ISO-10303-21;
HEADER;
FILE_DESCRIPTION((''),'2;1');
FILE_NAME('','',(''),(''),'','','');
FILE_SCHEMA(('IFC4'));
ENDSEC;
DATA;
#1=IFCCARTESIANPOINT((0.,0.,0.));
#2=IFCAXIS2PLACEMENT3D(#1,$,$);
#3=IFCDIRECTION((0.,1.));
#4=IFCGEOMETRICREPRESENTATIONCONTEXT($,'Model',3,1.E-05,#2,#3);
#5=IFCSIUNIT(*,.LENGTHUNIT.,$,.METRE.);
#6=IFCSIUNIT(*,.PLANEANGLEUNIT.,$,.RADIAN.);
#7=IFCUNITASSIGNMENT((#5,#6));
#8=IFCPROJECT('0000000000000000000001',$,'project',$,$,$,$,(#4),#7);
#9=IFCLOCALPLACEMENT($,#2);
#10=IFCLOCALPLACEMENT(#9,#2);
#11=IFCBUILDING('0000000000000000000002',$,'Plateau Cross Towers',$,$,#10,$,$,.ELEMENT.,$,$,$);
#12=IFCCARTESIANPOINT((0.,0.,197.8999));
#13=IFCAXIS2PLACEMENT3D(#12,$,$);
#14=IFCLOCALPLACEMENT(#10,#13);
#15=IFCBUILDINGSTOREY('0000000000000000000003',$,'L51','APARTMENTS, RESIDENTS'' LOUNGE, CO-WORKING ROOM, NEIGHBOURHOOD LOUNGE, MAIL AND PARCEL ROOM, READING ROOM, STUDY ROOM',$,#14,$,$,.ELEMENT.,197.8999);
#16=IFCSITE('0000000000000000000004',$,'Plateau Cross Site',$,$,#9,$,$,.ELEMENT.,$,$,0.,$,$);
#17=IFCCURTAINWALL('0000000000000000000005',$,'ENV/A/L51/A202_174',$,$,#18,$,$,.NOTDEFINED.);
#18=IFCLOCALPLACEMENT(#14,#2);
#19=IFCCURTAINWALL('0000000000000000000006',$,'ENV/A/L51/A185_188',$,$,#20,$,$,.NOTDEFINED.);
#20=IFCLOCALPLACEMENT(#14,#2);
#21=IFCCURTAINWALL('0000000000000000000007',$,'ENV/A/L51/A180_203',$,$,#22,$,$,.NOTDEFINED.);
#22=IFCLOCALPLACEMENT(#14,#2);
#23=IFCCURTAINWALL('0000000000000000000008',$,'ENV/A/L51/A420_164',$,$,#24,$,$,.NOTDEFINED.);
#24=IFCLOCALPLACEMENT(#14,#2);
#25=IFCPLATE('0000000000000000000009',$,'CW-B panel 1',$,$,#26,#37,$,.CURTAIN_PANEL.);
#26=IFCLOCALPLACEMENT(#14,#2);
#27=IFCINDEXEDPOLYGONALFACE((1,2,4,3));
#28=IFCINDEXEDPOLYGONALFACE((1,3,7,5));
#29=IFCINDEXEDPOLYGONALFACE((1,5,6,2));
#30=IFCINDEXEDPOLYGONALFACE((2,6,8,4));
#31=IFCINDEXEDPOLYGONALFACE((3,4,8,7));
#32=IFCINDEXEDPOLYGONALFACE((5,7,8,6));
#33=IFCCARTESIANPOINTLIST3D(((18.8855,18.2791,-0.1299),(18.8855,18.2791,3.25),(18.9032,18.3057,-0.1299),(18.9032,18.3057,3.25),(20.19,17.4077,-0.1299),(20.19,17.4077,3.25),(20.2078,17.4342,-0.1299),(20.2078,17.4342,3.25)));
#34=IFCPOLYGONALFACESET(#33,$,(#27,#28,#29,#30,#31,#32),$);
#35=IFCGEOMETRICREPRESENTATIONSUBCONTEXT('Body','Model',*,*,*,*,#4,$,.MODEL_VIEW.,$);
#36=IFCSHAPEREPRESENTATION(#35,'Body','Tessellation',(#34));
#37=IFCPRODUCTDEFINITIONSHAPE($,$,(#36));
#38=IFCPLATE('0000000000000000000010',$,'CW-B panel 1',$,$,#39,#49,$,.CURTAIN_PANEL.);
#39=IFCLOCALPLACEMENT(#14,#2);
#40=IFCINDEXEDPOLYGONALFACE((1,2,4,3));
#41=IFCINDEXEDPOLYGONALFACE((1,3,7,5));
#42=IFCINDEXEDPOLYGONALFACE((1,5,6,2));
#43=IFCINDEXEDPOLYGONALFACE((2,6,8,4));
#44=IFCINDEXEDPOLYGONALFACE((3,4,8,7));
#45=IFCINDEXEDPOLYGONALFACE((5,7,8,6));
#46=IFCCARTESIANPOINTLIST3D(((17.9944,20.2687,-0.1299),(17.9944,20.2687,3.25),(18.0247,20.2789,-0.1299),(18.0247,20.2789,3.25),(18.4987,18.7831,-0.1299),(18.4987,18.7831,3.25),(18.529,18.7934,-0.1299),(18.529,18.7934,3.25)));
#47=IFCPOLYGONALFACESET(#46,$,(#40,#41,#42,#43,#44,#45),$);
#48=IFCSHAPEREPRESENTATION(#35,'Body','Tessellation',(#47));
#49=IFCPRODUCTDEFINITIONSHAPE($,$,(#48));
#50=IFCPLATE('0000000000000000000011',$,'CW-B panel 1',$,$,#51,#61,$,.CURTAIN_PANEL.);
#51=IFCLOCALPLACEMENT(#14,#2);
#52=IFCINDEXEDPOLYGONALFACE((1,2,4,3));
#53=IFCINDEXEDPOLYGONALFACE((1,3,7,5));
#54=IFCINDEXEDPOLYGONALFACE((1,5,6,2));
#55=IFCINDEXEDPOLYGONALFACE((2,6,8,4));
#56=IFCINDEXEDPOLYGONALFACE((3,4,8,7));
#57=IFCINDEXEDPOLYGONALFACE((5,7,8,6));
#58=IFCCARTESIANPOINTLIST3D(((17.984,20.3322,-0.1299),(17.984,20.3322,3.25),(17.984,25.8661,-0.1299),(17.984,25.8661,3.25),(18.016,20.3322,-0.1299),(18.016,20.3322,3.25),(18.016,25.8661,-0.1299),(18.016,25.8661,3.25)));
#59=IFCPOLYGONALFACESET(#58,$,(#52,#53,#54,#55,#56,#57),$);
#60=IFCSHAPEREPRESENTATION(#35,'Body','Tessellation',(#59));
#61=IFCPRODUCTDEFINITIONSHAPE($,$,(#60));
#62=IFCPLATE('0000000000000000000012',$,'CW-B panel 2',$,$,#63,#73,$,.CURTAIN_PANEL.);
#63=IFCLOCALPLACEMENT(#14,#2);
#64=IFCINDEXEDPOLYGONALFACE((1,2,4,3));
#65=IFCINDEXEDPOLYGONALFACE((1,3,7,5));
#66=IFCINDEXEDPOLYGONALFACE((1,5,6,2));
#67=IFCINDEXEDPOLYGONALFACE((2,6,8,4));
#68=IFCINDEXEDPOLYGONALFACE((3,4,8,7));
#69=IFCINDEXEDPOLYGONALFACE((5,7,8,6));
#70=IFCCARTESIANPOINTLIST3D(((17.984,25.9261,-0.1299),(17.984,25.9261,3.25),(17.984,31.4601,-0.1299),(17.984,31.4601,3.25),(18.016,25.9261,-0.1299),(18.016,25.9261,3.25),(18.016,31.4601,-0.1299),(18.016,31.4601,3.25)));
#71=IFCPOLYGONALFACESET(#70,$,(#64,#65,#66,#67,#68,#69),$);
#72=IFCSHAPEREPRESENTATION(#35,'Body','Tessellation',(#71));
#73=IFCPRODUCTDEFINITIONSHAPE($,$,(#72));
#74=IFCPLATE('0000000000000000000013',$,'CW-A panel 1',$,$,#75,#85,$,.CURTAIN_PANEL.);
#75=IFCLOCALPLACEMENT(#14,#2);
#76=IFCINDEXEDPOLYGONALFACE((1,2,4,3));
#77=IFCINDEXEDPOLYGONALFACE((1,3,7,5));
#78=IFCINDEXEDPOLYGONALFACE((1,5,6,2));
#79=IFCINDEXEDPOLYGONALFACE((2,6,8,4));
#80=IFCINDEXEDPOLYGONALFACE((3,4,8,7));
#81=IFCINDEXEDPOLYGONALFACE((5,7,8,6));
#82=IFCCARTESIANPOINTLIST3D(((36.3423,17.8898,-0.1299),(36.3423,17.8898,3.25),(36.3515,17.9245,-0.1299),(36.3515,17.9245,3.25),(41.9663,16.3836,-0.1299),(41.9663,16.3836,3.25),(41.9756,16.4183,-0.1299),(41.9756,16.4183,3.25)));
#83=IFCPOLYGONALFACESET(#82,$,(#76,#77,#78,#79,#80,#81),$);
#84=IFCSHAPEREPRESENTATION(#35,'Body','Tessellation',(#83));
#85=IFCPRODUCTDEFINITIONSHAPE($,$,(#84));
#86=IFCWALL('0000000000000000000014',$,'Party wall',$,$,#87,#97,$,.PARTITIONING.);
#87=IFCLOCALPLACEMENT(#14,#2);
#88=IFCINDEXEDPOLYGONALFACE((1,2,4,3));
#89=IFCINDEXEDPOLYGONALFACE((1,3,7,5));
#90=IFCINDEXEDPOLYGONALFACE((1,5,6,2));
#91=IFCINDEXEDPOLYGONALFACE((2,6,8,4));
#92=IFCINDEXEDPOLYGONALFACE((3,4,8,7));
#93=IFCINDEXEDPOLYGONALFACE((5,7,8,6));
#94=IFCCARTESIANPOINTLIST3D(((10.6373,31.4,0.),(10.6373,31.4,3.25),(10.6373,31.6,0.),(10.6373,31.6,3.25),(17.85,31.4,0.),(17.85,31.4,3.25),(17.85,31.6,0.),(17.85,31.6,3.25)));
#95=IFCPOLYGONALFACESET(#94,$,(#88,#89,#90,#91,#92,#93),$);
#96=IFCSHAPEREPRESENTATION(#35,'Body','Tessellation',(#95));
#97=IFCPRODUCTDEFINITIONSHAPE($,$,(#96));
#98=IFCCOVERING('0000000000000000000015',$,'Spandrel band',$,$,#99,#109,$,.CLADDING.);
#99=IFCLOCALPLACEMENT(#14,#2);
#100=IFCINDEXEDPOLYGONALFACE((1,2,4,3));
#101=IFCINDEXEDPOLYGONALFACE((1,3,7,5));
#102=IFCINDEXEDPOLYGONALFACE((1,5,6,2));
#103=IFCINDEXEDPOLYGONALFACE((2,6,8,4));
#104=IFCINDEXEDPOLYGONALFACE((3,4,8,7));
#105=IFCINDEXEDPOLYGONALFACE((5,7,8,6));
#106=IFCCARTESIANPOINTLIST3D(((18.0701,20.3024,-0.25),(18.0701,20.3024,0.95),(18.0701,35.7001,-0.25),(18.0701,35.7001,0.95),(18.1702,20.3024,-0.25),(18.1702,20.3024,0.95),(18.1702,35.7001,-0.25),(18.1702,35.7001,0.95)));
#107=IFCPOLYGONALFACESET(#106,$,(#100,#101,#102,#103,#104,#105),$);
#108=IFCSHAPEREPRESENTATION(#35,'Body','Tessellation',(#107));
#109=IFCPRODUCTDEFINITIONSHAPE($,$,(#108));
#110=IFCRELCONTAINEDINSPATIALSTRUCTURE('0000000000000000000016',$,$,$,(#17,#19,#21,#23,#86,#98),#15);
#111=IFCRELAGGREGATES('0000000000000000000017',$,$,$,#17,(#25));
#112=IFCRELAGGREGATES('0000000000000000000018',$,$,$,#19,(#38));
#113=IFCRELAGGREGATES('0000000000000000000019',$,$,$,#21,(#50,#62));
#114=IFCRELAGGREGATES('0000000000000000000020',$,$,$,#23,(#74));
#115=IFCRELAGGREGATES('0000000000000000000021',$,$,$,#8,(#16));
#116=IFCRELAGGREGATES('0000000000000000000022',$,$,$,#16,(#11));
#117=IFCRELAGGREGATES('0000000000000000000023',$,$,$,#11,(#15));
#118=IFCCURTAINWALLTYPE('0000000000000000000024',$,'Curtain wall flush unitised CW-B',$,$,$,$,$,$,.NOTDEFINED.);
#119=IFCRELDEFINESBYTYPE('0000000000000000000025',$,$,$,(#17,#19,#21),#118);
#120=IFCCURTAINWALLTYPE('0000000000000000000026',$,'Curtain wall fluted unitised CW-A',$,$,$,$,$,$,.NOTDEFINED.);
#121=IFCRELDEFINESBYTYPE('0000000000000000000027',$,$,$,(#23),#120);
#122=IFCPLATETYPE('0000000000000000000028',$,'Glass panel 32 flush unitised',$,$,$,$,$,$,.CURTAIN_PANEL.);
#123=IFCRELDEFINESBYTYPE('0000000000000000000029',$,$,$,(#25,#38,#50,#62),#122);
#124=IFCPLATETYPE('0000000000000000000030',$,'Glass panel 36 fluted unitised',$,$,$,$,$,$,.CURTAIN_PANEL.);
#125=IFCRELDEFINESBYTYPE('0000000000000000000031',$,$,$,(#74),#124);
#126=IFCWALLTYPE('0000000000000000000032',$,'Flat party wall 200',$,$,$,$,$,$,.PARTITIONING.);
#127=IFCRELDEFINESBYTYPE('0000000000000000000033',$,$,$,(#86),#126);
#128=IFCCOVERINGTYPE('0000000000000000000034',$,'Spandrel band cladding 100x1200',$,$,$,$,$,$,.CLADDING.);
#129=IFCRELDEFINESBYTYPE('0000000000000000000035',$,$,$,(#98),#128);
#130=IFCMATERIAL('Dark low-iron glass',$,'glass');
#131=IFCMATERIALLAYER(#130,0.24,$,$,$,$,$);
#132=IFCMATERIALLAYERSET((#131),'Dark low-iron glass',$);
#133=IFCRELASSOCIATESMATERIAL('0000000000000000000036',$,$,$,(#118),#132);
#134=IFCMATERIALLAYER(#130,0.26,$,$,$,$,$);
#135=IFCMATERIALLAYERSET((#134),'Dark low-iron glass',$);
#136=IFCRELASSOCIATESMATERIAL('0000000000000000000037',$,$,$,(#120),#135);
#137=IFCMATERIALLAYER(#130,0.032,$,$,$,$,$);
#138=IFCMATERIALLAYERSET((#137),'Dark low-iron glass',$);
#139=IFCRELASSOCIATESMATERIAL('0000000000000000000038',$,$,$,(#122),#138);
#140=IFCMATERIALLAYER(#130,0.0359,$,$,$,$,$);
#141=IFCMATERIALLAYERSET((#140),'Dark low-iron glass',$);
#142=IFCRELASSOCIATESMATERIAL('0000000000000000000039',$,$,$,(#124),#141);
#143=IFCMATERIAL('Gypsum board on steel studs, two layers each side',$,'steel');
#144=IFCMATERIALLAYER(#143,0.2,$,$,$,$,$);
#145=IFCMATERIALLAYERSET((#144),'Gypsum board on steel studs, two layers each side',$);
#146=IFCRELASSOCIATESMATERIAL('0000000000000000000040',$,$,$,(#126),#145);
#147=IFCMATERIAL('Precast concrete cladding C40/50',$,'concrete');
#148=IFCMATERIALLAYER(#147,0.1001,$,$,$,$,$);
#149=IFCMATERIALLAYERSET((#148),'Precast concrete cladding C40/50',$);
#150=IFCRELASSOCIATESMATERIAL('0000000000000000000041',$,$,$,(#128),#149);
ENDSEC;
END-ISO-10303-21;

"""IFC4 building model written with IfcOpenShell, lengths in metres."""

from ifc_helpers import new_model, si_unit, direction, frame, frame_2d, origin, origin_2d, place, context, subcontext, project, spatial, rectangle, extrude, material, layer, layer_set, type_object, element, aggregate, save


model = new_model("IFC4")

# Units and contexts
model_context = context("Model", 3, precision=1e-05, world=origin(), true_north=direction((0.0, 1.0)))
body_context = subcontext(model_context, "Body", "Model", "MODEL_VIEW")
ifc_project = project(units=[si_unit("LENGTHUNIT", "METRE"), si_unit("PLANEANGLEUNIT", "RADIAN")], contexts=[model_context])

# Site, building, storey
site_placement = place(None, origin())
site = spatial("IfcSite", under=ifc_project, at=site_placement, Name="Plateau Cross Site", CompositionType="ELEMENT", RefElevation=0.0)
building_placement = place(site_placement, origin())
building = spatial("IfcBuilding", under=site, at=building_placement, Name="Plateau Cross Towers", CompositionType="ELEMENT")
storey_placement = place(building_placement, frame((0.0, 0.0, 197.8999)))
storey = spatial("IfcBuildingStorey", under=building, at=storey_placement, Name="L51", Description="APARTMENTS, RESIDENTS' LOUNGE, CO-WORKING ROOM, NEIGHBOURHOOD LOUNGE, MAIL AND PARCEL ROOM, READING ROOM, STUDY ROOM", CompositionType="ELEMENT", Elevation=197.8999)

# Curtain wall
ifc_material_1 = material(Name="Dark low-iron glass", Category="glass")
ifc_layer_1 = layer(ifc_material_1, 0.24)
ifc_layer_set_1 = layer_set([ifc_layer_1], Name="Dark low-iron glass")
curtain_wall_type_1 = type_object("IfcCurtainWallType", Name="Curtain wall flush unitised CW-B", PredefinedType="NOTDEFINED", material=ifc_layer_set_1)
curtain_wall_1_placement = place(storey_placement, origin())
curtain_wall_1 = element("IfcCurtainWall", 1, at=curtain_wall_1_placement, inside=storey, type_object=curtain_wall_type_1, Name="ENV/A/L51/A202_174", PredefinedType="NOTDEFINED")

# Curtain wall
curtain_wall_2_placement = place(storey_placement, origin())
curtain_wall_2 = element("IfcCurtainWall", 2, at=curtain_wall_2_placement, inside=storey, type_object=curtain_wall_type_1, Name="ENV/A/L51/A185_188", PredefinedType="NOTDEFINED")

# Curtain wall
curtain_wall_3_placement = place(storey_placement, origin())
curtain_wall_3 = element("IfcCurtainWall", 3, at=curtain_wall_3_placement, inside=storey, type_object=curtain_wall_type_1, Name="ENV/A/L51/A180_203", PredefinedType="NOTDEFINED")

# Curtain wall
ifc_layer_2 = layer(ifc_material_1, 0.26)
ifc_layer_set_2 = layer_set([ifc_layer_2], Name="Dark low-iron glass")
curtain_wall_type_2 = type_object("IfcCurtainWallType", Name="Curtain wall fluted unitised CW-A", PredefinedType="NOTDEFINED", material=ifc_layer_set_2)
curtain_wall_4_placement = place(storey_placement, origin())
curtain_wall_4 = element("IfcCurtainWall", 4, at=curtain_wall_4_placement, inside=storey, type_object=curtain_wall_type_2, Name="ENV/A/L51/A420_164", PredefinedType="NOTDEFINED")

# Plates
ifc_layer_3 = layer(ifc_material_1, 0.032)
ifc_layer_set_3 = layer_set([ifc_layer_3], Name="Dark low-iron glass")
plate_type_1 = type_object("IfcPlateType", Name="Glass panel 32 flush unitised", PredefinedType="CURTAIN_PANEL", material=ifc_layer_set_3)
plate_1_placement = place(storey_placement, frame((19.5466, 17.8567, -0.1299), z_axis=(0.0, 0.0, 1.0), x_axis=(-0.831521, 0.555493, 0.0)))
plate_1 = element("IfcPlate", 5, at=plate_1_placement, type_object=plate_type_1, Name="CW-B panel 1", PredefinedType="CURTAIN_PANEL", context=body_context, shape_type="SweptSolid", body=[
    extrude(rectangle(XDim=1.5688, YDim=0.032, at=origin_2d()), origin(), (0.0, 0.0, 1.0), 3.3799),
])
aggregate(curtain_wall_1, [plate_1])
plate_2_placement = place(storey_placement, frame((18.2617, 19.531, -0.1299), z_axis=(0.0, 0.0, 1.0), x_axis=(-0.321469, 0.94692, 0.0)))
plate_2 = element("IfcPlate", 6, at=plate_2_placement, type_object=plate_type_1, Name="CW-B panel 1", PredefinedType="CURTAIN_PANEL", context=body_context, shape_type="SweptSolid", body=[
    extrude(rectangle(XDim=1.5688, YDim=0.032, at=origin_2d()), origin(), (0.0, 0.0, 1.0), 3.3799),
])
aggregate(curtain_wall_2, [plate_2])
plate_3_placement = place(storey_placement, frame((18.0, 23.0991, -0.1299), z_axis=(0.0, 0.0, 1.0), x_axis=(0.0, 1.0, 0.0)))
plate_3 = element("IfcPlate", 7, at=plate_3_placement, type_object=plate_type_1, Name="CW-B panel 1", PredefinedType="CURTAIN_PANEL", context=body_context, shape_type="SweptSolid", body=[
    extrude(rectangle(XDim=5.5339, YDim=0.032, at=origin_2d()), origin(), (0.0, 0.0, 1.0), 3.3799),
])
plate_4_placement = place(storey_placement, frame((18.0, 28.6931, -0.1299), z_axis=(0.0, 0.0, 1.0), x_axis=(0.0, 1.0, 0.0)))
plate_4 = element("IfcPlate", 8, at=plate_4_placement, type_object=plate_type_1, Name="CW-B panel 2", PredefinedType="CURTAIN_PANEL", context=body_context, shape_type="SweptSolid", body=[
    extrude(rectangle(XDim=5.5339, YDim=0.032, at=origin_2d()), origin(), (0.0, 0.0, 1.0), 3.3799),
])
aggregate(curtain_wall_3, [plate_3, plate_4])
ifc_layer_4 = layer(ifc_material_1, 0.0359)
ifc_layer_set_4 = layer_set([ifc_layer_4], Name="Dark low-iron glass")
plate_type_2 = type_object("IfcPlateType", Name="Glass panel 36 fluted unitised", PredefinedType="CURTAIN_PANEL", material=ifc_layer_set_4)
plate_5_placement = place(storey_placement, frame((39.1589, 17.1541, -0.1299), z_axis=(0.0, 0.0, 1.0), x_axis=(-0.965958, 0.258699, 0.0)))
plate_5 = element("IfcPlate", 9, at=plate_5_placement, type_object=plate_type_2, Name="CW-A panel 1", PredefinedType="CURTAIN_PANEL", context=body_context, shape_type="SweptSolid", body=[
    extrude(rectangle(XDim=5.8223, YDim=0.0359, at=origin_2d()), origin(), (0.0, 0.0, 1.0), 3.3799),
])
aggregate(curtain_wall_4, [plate_5])

# Wall
ifc_material_2 = material(Name="Gypsum board on steel studs, two layers each side", Category="steel")
ifc_layer_5 = layer(ifc_material_2, 0.2)
ifc_layer_set_5 = layer_set([ifc_layer_5], Name="Gypsum board on steel studs, two layers each side")
wall_type = type_object("IfcWallType", Name="Flat party wall 200", PredefinedType="PARTITIONING", material=ifc_layer_set_5)
wall_placement = place(storey_placement, frame((17.8501, 31.5, 0.0), z_axis=(0.0, 0.0, 1.0), x_axis=(-1.0, 0.0, 0.0)))
element("IfcWall", 10, at=wall_placement, inside=storey, type_object=wall_type, Name="Party wall", PredefinedType="PARTITIONING", context=body_context, shape_type="SweptSolid", body=[
    extrude(rectangle(XDim=7.2126, YDim=0.2, at=frame_2d((3.6064, 0.0))), origin(), (0.0, 0.0, 1.0), 3.25),
])

# Covering
ifc_material_3 = material(Name="Precast concrete cladding C40/50", Category="concrete")
ifc_layer_6 = layer(ifc_material_3, 0.1001)
ifc_layer_set_6 = layer_set([ifc_layer_6], Name="Precast concrete cladding C40/50")
covering_type = type_object("IfcCoveringType", Name="Spandrel band cladding 100x1200", PredefinedType="CLADDING", material=ifc_layer_set_6)
covering_placement = place(storey_placement, frame((18.1201, 28.0012, -0.25), z_axis=(0.0, 0.0, 1.0), x_axis=(0.0, 1.0, 0.0)))
element("IfcCovering", 11, at=covering_placement, inside=storey, type_object=covering_type, Name="Spandrel band", PredefinedType="CLADDING", context=body_context, shape_type="SweptSolid", body=[
    extrude(rectangle(XDim=15.3977, YDim=0.1001, at=origin_2d()), origin(), (0.0, 0.0, 1.0), 1.2),
])

save(model, "model.ifc")
